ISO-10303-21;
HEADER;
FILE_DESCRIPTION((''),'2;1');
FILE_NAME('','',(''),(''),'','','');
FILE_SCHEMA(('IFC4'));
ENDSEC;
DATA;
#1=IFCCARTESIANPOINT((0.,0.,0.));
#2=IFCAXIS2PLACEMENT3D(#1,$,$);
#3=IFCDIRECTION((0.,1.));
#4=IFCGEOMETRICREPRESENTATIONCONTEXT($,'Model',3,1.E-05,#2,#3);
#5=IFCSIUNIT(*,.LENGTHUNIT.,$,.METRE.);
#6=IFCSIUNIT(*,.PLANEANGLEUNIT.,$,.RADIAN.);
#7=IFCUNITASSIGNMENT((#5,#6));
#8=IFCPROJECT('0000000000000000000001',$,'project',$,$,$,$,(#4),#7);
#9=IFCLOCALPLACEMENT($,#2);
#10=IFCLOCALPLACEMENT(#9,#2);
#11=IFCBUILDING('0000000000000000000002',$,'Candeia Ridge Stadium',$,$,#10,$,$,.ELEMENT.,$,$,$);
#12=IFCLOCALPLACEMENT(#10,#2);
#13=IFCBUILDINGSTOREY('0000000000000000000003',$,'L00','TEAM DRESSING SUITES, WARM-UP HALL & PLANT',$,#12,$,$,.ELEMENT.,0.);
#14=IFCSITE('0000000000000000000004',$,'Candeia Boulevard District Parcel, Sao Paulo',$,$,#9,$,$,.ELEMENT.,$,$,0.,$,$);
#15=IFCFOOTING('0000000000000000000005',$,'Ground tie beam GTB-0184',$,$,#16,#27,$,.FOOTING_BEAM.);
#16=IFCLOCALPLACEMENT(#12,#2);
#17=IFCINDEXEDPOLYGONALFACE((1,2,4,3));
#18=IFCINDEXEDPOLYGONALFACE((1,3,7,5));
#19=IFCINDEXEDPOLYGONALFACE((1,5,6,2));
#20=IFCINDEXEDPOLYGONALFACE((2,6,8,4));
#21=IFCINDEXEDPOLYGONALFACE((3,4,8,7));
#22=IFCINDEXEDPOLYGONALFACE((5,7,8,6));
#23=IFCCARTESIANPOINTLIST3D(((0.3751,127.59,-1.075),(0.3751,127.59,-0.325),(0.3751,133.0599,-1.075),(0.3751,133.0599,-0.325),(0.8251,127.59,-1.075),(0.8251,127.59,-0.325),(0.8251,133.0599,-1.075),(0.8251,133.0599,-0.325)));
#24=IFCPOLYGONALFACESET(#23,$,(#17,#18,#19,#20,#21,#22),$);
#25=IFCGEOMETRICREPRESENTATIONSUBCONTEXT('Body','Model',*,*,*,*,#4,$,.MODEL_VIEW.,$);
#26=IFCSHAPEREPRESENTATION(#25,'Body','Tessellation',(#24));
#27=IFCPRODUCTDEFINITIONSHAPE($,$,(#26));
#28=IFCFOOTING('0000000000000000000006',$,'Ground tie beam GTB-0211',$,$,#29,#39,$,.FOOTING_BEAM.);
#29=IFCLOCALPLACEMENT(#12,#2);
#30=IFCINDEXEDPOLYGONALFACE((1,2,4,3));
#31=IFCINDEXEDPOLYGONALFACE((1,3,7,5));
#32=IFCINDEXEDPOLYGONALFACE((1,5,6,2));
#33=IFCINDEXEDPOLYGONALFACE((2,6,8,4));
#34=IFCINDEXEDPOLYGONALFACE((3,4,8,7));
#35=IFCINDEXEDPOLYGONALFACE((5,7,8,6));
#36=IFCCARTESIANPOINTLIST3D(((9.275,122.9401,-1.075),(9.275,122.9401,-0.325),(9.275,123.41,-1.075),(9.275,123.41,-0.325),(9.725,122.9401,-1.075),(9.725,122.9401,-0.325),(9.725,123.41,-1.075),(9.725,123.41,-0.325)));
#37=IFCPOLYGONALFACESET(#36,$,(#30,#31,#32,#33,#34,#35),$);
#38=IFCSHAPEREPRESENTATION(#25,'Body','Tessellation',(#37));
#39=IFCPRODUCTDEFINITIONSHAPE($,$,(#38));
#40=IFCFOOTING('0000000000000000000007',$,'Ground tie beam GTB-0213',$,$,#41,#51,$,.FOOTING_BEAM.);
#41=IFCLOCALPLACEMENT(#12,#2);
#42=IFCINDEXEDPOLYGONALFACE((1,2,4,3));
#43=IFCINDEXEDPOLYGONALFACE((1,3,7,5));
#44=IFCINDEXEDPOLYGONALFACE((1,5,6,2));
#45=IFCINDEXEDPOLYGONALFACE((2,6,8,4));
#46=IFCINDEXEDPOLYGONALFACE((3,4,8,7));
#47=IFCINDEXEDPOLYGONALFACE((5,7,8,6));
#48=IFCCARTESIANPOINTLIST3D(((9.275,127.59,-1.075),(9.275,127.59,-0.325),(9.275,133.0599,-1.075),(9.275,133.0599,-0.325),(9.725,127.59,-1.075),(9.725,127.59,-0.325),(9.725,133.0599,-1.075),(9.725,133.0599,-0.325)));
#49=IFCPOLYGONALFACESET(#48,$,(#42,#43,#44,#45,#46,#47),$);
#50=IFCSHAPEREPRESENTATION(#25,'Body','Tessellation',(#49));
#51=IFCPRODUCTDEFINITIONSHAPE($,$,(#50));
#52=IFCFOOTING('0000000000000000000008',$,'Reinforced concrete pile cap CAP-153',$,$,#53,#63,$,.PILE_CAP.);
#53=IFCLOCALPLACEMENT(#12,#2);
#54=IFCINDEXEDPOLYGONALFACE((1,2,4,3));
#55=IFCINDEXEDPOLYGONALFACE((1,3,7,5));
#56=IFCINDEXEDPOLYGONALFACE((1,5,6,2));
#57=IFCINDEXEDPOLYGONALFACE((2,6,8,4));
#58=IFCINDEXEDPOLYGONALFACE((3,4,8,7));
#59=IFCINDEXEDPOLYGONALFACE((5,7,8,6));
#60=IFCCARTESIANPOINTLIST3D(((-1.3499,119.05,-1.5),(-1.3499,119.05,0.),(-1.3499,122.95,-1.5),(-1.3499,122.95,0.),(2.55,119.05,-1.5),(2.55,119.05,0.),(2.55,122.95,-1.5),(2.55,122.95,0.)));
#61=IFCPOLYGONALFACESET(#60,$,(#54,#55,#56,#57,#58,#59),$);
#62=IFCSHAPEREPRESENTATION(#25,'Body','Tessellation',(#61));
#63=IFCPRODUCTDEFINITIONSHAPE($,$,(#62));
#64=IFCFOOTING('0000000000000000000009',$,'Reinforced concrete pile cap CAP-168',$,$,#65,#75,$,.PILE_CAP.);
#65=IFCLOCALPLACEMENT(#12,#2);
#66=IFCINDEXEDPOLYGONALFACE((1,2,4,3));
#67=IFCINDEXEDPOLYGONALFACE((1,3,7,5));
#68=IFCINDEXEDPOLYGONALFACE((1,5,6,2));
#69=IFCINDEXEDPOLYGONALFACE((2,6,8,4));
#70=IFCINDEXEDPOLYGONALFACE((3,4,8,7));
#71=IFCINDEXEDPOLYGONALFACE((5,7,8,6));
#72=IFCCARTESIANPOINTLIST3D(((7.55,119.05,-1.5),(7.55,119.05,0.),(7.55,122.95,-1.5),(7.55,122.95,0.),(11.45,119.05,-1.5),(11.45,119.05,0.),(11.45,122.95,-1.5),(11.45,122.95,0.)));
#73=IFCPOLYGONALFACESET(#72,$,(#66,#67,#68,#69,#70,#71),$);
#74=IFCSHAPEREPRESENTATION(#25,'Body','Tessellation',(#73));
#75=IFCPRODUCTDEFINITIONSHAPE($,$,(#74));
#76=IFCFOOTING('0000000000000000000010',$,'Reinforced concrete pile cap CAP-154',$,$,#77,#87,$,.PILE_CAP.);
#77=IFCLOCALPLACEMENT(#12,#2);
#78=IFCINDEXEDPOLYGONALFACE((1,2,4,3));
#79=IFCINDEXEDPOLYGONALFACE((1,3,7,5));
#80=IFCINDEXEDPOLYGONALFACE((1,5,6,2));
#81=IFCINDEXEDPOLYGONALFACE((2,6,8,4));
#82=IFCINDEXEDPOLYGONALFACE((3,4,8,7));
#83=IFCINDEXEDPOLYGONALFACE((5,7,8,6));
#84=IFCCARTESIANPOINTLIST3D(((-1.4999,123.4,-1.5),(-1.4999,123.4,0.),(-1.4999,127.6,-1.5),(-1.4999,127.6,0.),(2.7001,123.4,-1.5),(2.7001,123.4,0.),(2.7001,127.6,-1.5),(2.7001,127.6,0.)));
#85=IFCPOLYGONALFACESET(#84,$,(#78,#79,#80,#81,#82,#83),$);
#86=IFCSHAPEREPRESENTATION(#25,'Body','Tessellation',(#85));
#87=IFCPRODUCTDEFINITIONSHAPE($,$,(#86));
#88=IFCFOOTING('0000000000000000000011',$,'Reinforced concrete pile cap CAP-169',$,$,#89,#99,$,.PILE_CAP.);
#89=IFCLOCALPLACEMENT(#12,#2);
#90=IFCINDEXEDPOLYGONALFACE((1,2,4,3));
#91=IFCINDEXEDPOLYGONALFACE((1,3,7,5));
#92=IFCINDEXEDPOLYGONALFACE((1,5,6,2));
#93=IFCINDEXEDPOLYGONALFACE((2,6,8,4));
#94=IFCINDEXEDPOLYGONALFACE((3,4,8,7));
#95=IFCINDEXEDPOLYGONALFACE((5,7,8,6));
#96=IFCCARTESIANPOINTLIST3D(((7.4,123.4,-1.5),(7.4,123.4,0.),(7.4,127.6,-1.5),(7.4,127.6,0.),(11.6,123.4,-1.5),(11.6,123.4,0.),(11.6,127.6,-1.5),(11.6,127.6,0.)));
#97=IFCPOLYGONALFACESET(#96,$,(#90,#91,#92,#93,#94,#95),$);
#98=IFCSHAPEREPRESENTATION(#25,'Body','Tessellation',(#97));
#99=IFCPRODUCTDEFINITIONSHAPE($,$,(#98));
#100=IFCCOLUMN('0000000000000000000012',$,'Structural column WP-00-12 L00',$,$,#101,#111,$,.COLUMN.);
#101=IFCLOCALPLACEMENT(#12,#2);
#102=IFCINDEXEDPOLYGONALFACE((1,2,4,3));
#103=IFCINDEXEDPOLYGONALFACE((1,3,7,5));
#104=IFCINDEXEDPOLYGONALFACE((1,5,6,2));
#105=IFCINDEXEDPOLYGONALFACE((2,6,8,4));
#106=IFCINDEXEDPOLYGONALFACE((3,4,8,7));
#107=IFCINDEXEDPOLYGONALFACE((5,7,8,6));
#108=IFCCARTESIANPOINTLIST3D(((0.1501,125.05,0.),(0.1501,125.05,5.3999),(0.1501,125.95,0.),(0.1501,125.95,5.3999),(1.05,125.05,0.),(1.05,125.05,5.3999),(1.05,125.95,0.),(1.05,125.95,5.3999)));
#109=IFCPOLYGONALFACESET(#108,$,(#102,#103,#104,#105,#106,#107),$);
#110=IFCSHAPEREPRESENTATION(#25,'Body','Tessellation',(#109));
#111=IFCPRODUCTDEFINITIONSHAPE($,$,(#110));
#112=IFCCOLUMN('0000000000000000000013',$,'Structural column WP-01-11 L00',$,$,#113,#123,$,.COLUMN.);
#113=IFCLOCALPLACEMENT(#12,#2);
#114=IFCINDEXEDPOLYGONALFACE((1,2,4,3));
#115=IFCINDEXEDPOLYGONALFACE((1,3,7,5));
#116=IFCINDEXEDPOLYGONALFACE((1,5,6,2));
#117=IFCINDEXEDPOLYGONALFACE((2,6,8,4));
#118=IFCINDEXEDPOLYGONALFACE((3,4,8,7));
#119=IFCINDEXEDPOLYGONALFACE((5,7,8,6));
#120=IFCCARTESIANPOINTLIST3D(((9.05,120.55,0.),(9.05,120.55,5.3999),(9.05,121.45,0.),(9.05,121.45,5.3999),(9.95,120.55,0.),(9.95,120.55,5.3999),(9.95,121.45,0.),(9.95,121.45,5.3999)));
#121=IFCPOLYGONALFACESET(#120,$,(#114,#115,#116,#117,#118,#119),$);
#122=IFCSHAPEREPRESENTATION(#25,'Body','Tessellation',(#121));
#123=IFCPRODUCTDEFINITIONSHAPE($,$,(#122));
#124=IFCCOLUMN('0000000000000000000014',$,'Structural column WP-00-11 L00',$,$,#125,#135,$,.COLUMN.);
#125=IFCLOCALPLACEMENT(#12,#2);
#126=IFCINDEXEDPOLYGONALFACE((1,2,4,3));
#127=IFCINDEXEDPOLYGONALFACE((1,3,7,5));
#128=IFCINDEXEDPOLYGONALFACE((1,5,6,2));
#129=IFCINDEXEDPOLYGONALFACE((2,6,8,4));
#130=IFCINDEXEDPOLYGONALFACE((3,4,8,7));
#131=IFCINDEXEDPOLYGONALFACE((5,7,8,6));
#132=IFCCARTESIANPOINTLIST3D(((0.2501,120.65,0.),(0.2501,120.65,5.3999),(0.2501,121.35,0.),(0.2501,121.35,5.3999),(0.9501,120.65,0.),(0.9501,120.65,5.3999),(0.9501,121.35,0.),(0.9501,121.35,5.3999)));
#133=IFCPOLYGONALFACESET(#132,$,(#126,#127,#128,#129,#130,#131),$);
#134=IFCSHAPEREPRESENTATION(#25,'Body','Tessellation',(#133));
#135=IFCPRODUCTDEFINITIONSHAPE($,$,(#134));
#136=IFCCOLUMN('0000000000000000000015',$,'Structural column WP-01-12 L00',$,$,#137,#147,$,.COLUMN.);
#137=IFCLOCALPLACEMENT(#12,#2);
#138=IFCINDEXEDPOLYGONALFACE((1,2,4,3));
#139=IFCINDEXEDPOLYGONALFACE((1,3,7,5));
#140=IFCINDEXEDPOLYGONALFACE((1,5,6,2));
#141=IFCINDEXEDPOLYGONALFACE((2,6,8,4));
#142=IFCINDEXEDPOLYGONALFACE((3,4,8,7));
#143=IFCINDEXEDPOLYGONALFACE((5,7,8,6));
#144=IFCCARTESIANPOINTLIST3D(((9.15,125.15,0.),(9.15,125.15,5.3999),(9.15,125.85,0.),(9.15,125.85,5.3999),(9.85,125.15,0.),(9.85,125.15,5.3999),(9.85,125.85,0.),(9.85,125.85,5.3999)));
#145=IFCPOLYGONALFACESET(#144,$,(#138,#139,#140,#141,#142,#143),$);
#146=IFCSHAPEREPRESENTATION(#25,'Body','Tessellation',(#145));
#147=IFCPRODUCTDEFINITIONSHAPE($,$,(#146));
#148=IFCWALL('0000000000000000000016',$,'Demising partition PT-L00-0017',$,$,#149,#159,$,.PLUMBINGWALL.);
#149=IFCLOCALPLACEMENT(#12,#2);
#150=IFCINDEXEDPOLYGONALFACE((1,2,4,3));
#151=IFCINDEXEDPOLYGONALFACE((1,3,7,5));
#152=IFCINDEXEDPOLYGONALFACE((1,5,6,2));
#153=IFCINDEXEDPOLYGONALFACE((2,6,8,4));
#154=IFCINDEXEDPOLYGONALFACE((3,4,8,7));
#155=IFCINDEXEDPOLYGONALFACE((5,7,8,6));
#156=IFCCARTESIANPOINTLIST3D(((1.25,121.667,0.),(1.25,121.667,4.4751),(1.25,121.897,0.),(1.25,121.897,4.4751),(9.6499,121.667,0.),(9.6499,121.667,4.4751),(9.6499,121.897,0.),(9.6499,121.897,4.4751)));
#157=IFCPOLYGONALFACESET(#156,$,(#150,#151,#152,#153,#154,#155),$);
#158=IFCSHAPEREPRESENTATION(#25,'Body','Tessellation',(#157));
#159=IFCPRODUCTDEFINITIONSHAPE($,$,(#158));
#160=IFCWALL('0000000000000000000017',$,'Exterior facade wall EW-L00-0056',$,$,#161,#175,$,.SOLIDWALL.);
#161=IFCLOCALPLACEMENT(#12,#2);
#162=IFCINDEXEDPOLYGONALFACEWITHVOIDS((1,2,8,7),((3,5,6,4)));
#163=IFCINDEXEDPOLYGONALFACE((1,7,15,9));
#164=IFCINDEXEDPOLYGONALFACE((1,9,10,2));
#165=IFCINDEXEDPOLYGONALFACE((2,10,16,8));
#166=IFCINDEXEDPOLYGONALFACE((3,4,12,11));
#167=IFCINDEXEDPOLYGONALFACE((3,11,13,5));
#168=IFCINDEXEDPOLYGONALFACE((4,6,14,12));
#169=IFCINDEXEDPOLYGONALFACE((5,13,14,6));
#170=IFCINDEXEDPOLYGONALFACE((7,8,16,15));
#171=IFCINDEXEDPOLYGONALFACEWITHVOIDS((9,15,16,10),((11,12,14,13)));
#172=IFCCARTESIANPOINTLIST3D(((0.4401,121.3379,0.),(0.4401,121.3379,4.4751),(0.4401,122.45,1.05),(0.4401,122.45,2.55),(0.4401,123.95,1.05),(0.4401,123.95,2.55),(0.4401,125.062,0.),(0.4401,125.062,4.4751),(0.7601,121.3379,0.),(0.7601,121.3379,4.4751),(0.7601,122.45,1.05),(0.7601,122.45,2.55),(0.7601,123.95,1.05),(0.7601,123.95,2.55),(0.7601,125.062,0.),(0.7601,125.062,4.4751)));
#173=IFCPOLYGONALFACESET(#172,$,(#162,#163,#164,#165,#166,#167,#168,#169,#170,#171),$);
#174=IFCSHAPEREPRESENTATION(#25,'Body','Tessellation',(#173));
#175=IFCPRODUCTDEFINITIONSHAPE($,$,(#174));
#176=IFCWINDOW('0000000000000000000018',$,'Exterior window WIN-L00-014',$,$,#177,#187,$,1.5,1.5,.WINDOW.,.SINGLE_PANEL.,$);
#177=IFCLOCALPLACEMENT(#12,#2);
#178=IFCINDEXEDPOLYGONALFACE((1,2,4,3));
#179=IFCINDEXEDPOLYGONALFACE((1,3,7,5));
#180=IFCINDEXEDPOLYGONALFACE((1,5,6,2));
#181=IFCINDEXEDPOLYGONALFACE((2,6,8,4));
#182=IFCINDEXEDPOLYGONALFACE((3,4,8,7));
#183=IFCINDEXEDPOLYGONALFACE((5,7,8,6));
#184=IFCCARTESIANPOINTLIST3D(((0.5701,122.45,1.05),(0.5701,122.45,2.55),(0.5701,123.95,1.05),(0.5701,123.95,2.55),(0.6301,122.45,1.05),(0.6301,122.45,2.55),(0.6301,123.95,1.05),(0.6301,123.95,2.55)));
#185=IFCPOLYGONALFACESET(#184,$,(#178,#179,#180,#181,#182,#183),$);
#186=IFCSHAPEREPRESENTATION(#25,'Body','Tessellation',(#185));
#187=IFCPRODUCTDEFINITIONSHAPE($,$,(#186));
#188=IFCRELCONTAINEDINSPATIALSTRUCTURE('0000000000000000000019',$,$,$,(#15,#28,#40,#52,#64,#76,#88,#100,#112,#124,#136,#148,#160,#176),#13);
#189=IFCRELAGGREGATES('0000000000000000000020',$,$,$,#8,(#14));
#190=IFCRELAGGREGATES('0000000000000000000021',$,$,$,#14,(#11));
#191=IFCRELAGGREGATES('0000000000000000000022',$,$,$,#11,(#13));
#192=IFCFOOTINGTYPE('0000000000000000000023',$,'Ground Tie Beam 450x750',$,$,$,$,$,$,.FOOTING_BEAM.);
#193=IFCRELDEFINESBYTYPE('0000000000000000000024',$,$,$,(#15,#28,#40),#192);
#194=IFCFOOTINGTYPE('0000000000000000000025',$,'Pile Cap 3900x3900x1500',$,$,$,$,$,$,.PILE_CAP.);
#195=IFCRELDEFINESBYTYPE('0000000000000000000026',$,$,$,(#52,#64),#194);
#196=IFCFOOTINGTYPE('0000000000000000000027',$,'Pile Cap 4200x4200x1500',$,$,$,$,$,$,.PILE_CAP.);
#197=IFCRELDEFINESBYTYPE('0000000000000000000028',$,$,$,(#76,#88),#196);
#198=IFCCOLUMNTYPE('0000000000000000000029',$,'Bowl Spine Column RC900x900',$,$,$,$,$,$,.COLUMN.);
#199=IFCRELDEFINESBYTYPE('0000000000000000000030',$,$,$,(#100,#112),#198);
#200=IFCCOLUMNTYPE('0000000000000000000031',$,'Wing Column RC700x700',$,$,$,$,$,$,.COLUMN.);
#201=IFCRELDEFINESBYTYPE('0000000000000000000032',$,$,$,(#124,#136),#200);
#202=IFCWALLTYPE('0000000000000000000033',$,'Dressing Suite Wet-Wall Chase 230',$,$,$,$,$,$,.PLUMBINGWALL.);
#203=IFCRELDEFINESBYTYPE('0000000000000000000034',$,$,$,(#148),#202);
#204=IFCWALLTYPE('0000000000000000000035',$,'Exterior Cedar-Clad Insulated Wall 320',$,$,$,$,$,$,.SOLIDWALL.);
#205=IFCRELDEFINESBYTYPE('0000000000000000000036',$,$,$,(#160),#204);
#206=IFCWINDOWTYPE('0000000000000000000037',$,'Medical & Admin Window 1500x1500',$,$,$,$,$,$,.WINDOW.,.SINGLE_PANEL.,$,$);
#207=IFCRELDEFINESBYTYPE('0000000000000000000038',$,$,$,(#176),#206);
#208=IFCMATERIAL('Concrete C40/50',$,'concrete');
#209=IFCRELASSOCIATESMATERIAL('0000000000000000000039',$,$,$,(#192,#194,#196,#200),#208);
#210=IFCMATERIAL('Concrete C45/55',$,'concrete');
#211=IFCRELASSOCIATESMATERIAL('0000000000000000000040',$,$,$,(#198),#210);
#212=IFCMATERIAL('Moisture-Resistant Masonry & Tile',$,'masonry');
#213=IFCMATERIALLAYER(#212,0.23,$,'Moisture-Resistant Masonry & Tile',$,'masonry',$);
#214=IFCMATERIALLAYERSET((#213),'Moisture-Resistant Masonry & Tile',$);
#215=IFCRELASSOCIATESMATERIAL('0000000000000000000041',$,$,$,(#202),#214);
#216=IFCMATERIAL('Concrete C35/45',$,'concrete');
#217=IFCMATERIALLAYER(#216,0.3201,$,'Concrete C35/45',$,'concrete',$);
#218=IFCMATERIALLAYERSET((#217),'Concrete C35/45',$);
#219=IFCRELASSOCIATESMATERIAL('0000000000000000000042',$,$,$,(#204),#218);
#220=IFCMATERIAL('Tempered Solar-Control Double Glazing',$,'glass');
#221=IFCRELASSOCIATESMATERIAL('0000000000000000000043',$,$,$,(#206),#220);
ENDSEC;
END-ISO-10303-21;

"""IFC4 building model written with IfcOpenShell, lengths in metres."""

from ifc_helpers import new_model, si_unit, direction, frame, frame_2d, origin, origin_2d, place, context, subcontext, project, spatial, rectangle, extrude, material, layer, layer_set, material_profile, profile_set, type_object, element, fill, save


model = new_model("IFC4")

# Units and contexts
model_context = context("Model", 3, precision=1e-05, world=origin(), true_north=direction((0.0, 1.0)))
body_context = subcontext(model_context, "Body", "Model", "MODEL_VIEW")
ifc_project = project(units=[si_unit("LENGTHUNIT", "METRE"), si_unit("PLANEANGLEUNIT", "RADIAN")], contexts=[model_context])

# Site, building, storey
site_placement = place(None, origin())
site = spatial("IfcSite", under=ifc_project, at=site_placement, Name="Candeia Boulevard District Parcel, Sao Paulo", CompositionType="ELEMENT", RefElevation=0.0)
building_placement = place(site_placement, origin())
building = spatial("IfcBuilding", under=site, at=building_placement, Name="Candeia Ridge Stadium", CompositionType="ELEMENT")
storey_placement = place(building_placement, origin())
storey = spatial("IfcBuildingStorey", under=building, at=storey_placement, Name="L00", Description="TEAM DRESSING SUITES, WARM-UP HALL & PLANT", CompositionType="ELEMENT", Elevation=0.0)

# Shared definitions
ifc_material_1 = material(Name="Concrete C40/50", Category="concrete")

# Footings
footing_type_1 = type_object("IfcFootingType", Name="Ground Tie Beam 450x750", PredefinedType="FOOTING_BEAM", material=ifc_material_1)
footing_1_placement = place(storey_placement, frame((0.6001, 130.325, -1.075), z_axis=(0.0, 0.0, 1.0), x_axis=(0.0, 1.0, 0.0)))
element("IfcFooting", 1, at=footing_1_placement, inside=storey, type_object=footing_type_1, Name="Ground tie beam GTB-0184", PredefinedType="FOOTING_BEAM", context=body_context, shape_type="SweptSolid", body=[
    extrude(rectangle(XDim=5.47, YDim=0.45, at=origin_2d()), origin(), (0.0, 0.0, 1.0), 0.75),
])
footing_2_placement = place(storey_placement, frame((9.5, 123.175, -1.075), z_axis=(0.0, 0.0, 1.0), x_axis=(0.0, 1.0, 0.0)))
element("IfcFooting", 2, at=footing_2_placement, inside=storey, type_object=footing_type_1, Name="Ground tie beam GTB-0211", PredefinedType="FOOTING_BEAM", context=body_context, shape_type="SweptSolid", body=[
    extrude(rectangle(XDim=0.47, YDim=0.45, at=origin_2d()), origin(), (0.0, 0.0, 1.0), 0.75),
])
footing_3_placement = place(storey_placement, frame((9.5, 130.325, -1.075), z_axis=(0.0, 0.0, 1.0), x_axis=(0.0, 1.0, 0.0)))
element("IfcFooting", 3, at=footing_3_placement, inside=storey, type_object=footing_type_1, Name="Ground tie beam GTB-0213", PredefinedType="FOOTING_BEAM", context=body_context, shape_type="SweptSolid", body=[
    extrude(rectangle(XDim=5.47, YDim=0.45, at=origin_2d()), origin(), (0.0, 0.0, 1.0), 0.75),
])
footing_type_2 = type_object("IfcFootingType", Name="Pile Cap 3900x3900x1500", PredefinedType="PILE_CAP", material=ifc_material_1)
for number, where, z_axis, x_axis, name in (
    (4, (0.6001, 121.0, -1.5), (0.0, 0.0, 1.0), (1.0, 0.0, 0.0), "Reinforced concrete pile cap CAP-153"),
    (5, (9.5, 121.0, -1.5), (0.0, 0.0, 1.0), (1.0, 0.0, 0.0), "Reinforced concrete pile cap CAP-168"),
):
    element("IfcFooting", number, at=place(storey_placement, frame(where, z_axis=z_axis, x_axis=x_axis)), inside=storey, type_object=footing_type_2, Name=name, PredefinedType="PILE_CAP", context=body_context, shape_type="SweptSolid", body=[
        extrude(rectangle(XDim=3.8999, YDim=3.8999, at=origin_2d()), origin(), (0.0, 0.0, 1.0), 1.5),
    ])
footing_type_3 = type_object("IfcFootingType", Name="Pile Cap 4200x4200x1500", PredefinedType="PILE_CAP", material=ifc_material_1)
for number, where, z_axis, x_axis, name in (
    (6, (0.6001, 125.5, -1.5), (0.0, 0.0, 1.0), (1.0, 0.0, 0.0), "Reinforced concrete pile cap CAP-154"),
    (7, (9.5, 125.5, -1.5), (0.0, 0.0, 1.0), (1.0, 0.0, 0.0), "Reinforced concrete pile cap CAP-169"),
):
    element("IfcFooting", number, at=place(storey_placement, frame(where, z_axis=z_axis, x_axis=x_axis)), inside=storey, type_object=footing_type_3, Name=name, PredefinedType="PILE_CAP", context=body_context, shape_type="SweptSolid", body=[
        extrude(rectangle(XDim=4.2, YDim=4.2, at=origin_2d()), origin(), (0.0, 0.0, 1.0), 1.5),
    ])

# Columns
ifc_material_2 = material(Name="Concrete C45/55", Category="concrete")
ifc_material_profile_1 = material_profile(ifc_material_2, rectangle(XDim=0.8999, YDim=0.8999, at=origin_2d()), Name="RC900x900", Category="concrete")
ifc_profile_set_1 = profile_set([ifc_material_profile_1], Name="Concrete C45/55")
column_type_1 = type_object("IfcColumnType", Name="Bowl Spine Column RC900x900", PredefinedType="COLUMN", material=ifc_profile_set_1)
for number, where, z_axis, x_axis, name in (
    (8, (0.6001, 125.5, 0.0), (0.0, 0.0, 1.0), (1.0, 0.0, 0.0), "Structural column WP-00-12 L00"),
    (9, (9.5, 121.0, 0.0), (0.0, 0.0, 1.0), (1.0, 0.0, 0.0), "Structural column WP-01-11 L00"),
):
    element("IfcColumn", number, at=place(storey_placement, frame(where, z_axis=z_axis, x_axis=x_axis)), inside=storey, type_object=column_type_1, Name=name, PredefinedType="COLUMN", context=body_context, shape_type="SweptSolid", body=[
        extrude(rectangle(XDim=0.8999, YDim=0.8999, at=origin_2d()), origin(), (0.0, 0.0, 1.0), 5.3999),
    ])
ifc_material_profile_2 = material_profile(ifc_material_1, rectangle(XDim=0.7, YDim=0.7, at=origin_2d()), Name="RC700x700", Category="concrete")
ifc_profile_set_2 = profile_set([ifc_material_profile_2], Name="Concrete C40/50")
column_type_2 = type_object("IfcColumnType", Name="Wing Column RC700x700", PredefinedType="COLUMN", material=ifc_profile_set_2)
for number, where, z_axis, x_axis, name in (
    (10, (0.6001, 121.0, 0.0), (0.0, 0.0, 1.0), (1.0, 0.0, 0.0), "Structural column WP-00-11 L00"),
    (11, (9.5, 125.5, 0.0), (0.0, 0.0, 1.0), (1.0, 0.0, 0.0), "Structural column WP-01-12 L00"),
):
    element("IfcColumn", number, at=place(storey_placement, frame(where, z_axis=z_axis, x_axis=x_axis)), inside=storey, type_object=column_type_2, Name=name, PredefinedType="COLUMN", context=body_context, shape_type="SweptSolid", body=[
        extrude(rectangle(XDim=0.7, YDim=0.7, at=origin_2d()), origin(), (0.0, 0.0, 1.0), 5.3999),
    ])

# Wall
ifc_material_3 = material(Name="Moisture-Resistant Masonry & Tile", Category="masonry")
ifc_layer_1 = layer(ifc_material_3, 0.23, Name="Moisture-Resistant Masonry & Tile", Category="masonry")
ifc_layer_set_1 = layer_set([ifc_layer_1], Name="Moisture-Resistant Masonry & Tile")
wall_type_1 = type_object("IfcWallType", Name="Dressing Suite Wet-Wall Chase 230", PredefinedType="PLUMBINGWALL", material=ifc_layer_set_1)
wall_1_placement = place(storey_placement, frame((1.25, 121.782, 0.0), z_axis=(0.0, 0.0, 1.0), x_axis=(1.0, 0.0, 0.0)))
element("IfcWall", 12, at=wall_1_placement, inside=storey, type_object=wall_type_1, Name="Demising partition PT-L00-0017", PredefinedType="PLUMBINGWALL", context=body_context, shape_type="SweptSolid", body=[
    extrude(rectangle(XDim=8.3999, YDim=0.23, at=frame_2d((4.2, 0.0))), origin(), (0.0, 0.0, 1.0), 4.4751),
])

# Wall, opening, window
ifc_material_4 = material(Name="Concrete C35/45", Category="concrete")
ifc_layer_2 = layer(ifc_material_4, 0.3201, Name="Concrete C35/45", Category="concrete")
ifc_layer_set_2 = layer_set([ifc_layer_2], Name="Concrete C35/45")
wall_type_2 = type_object("IfcWallType", Name="Exterior Cedar-Clad Insulated Wall 320", PredefinedType="SOLIDWALL", material=ifc_layer_set_2)
wall_2_placement = place(storey_placement, frame((0.6001, 121.3379, 0.0), z_axis=(0.0, 0.0, 1.0), x_axis=(0.0, 1.0, 0.0)))
wall_2 = element("IfcWall", 13, at=wall_2_placement, inside=storey, type_object=wall_type_2, Name="Exterior facade wall EW-L00-0056", PredefinedType="SOLIDWALL", context=body_context, shape_type="SweptSolid", body=[
    extrude(rectangle(XDim=3.7241, YDim=0.3201, at=frame_2d((1.8621, 0.0))), origin(), (0.0, 0.0, 1.0), 4.4751),
])
opening_1_placement = place(wall_2_placement, frame((1.1121, 0.0, 1.05)))
opening_1 = element("IfcOpeningElement", 14, at=opening_1_placement, cuts=wall_2, PredefinedType="OPENING", context=body_context, shape_type="SweptSolid", body=[
    extrude(rectangle(XDim=1.5, YDim=1.5, at=frame_2d((0.75, 0.75))), frame((0.0, 0.1699, 0.0), z_axis=(0.0, -1.0, 0.0), x_axis=(1.0, 0.0, 0.0)), (0.0, 0.0, 1.0), 0.3401),
])
ifc_material_5 = material(Name="Tempered Solar-Control Double Glazing", Category="glass")
window_type = type_object("IfcWindowType", Name="Medical & Admin Window 1500x1500", PartitioningType="SINGLE_PANEL", PredefinedType="WINDOW", material=ifc_material_5)
window_placement = place(opening_1_placement, origin())
window = element("IfcWindow", 15, at=window_placement, inside=storey, type_object=window_type, Name="Exterior window WIN-L00-014", OverallHeight=1.5, OverallWidth=1.5, PartitioningType="SINGLE_PANEL", PredefinedType="WINDOW", context=body_context, shape_type="SweptSolid", body=[
    extrude(rectangle(XDim=1.5, YDim=1.5, at=frame_2d((0.75, 0.75))), frame((0.0, 0.03, 0.0), z_axis=(0.0, -1.0, 0.0), x_axis=(1.0, 0.0, 0.0)), (0.0, 0.0, 1.0), 0.0601),
])
fill(opening_1, window)

save(model, "model.ifc")
